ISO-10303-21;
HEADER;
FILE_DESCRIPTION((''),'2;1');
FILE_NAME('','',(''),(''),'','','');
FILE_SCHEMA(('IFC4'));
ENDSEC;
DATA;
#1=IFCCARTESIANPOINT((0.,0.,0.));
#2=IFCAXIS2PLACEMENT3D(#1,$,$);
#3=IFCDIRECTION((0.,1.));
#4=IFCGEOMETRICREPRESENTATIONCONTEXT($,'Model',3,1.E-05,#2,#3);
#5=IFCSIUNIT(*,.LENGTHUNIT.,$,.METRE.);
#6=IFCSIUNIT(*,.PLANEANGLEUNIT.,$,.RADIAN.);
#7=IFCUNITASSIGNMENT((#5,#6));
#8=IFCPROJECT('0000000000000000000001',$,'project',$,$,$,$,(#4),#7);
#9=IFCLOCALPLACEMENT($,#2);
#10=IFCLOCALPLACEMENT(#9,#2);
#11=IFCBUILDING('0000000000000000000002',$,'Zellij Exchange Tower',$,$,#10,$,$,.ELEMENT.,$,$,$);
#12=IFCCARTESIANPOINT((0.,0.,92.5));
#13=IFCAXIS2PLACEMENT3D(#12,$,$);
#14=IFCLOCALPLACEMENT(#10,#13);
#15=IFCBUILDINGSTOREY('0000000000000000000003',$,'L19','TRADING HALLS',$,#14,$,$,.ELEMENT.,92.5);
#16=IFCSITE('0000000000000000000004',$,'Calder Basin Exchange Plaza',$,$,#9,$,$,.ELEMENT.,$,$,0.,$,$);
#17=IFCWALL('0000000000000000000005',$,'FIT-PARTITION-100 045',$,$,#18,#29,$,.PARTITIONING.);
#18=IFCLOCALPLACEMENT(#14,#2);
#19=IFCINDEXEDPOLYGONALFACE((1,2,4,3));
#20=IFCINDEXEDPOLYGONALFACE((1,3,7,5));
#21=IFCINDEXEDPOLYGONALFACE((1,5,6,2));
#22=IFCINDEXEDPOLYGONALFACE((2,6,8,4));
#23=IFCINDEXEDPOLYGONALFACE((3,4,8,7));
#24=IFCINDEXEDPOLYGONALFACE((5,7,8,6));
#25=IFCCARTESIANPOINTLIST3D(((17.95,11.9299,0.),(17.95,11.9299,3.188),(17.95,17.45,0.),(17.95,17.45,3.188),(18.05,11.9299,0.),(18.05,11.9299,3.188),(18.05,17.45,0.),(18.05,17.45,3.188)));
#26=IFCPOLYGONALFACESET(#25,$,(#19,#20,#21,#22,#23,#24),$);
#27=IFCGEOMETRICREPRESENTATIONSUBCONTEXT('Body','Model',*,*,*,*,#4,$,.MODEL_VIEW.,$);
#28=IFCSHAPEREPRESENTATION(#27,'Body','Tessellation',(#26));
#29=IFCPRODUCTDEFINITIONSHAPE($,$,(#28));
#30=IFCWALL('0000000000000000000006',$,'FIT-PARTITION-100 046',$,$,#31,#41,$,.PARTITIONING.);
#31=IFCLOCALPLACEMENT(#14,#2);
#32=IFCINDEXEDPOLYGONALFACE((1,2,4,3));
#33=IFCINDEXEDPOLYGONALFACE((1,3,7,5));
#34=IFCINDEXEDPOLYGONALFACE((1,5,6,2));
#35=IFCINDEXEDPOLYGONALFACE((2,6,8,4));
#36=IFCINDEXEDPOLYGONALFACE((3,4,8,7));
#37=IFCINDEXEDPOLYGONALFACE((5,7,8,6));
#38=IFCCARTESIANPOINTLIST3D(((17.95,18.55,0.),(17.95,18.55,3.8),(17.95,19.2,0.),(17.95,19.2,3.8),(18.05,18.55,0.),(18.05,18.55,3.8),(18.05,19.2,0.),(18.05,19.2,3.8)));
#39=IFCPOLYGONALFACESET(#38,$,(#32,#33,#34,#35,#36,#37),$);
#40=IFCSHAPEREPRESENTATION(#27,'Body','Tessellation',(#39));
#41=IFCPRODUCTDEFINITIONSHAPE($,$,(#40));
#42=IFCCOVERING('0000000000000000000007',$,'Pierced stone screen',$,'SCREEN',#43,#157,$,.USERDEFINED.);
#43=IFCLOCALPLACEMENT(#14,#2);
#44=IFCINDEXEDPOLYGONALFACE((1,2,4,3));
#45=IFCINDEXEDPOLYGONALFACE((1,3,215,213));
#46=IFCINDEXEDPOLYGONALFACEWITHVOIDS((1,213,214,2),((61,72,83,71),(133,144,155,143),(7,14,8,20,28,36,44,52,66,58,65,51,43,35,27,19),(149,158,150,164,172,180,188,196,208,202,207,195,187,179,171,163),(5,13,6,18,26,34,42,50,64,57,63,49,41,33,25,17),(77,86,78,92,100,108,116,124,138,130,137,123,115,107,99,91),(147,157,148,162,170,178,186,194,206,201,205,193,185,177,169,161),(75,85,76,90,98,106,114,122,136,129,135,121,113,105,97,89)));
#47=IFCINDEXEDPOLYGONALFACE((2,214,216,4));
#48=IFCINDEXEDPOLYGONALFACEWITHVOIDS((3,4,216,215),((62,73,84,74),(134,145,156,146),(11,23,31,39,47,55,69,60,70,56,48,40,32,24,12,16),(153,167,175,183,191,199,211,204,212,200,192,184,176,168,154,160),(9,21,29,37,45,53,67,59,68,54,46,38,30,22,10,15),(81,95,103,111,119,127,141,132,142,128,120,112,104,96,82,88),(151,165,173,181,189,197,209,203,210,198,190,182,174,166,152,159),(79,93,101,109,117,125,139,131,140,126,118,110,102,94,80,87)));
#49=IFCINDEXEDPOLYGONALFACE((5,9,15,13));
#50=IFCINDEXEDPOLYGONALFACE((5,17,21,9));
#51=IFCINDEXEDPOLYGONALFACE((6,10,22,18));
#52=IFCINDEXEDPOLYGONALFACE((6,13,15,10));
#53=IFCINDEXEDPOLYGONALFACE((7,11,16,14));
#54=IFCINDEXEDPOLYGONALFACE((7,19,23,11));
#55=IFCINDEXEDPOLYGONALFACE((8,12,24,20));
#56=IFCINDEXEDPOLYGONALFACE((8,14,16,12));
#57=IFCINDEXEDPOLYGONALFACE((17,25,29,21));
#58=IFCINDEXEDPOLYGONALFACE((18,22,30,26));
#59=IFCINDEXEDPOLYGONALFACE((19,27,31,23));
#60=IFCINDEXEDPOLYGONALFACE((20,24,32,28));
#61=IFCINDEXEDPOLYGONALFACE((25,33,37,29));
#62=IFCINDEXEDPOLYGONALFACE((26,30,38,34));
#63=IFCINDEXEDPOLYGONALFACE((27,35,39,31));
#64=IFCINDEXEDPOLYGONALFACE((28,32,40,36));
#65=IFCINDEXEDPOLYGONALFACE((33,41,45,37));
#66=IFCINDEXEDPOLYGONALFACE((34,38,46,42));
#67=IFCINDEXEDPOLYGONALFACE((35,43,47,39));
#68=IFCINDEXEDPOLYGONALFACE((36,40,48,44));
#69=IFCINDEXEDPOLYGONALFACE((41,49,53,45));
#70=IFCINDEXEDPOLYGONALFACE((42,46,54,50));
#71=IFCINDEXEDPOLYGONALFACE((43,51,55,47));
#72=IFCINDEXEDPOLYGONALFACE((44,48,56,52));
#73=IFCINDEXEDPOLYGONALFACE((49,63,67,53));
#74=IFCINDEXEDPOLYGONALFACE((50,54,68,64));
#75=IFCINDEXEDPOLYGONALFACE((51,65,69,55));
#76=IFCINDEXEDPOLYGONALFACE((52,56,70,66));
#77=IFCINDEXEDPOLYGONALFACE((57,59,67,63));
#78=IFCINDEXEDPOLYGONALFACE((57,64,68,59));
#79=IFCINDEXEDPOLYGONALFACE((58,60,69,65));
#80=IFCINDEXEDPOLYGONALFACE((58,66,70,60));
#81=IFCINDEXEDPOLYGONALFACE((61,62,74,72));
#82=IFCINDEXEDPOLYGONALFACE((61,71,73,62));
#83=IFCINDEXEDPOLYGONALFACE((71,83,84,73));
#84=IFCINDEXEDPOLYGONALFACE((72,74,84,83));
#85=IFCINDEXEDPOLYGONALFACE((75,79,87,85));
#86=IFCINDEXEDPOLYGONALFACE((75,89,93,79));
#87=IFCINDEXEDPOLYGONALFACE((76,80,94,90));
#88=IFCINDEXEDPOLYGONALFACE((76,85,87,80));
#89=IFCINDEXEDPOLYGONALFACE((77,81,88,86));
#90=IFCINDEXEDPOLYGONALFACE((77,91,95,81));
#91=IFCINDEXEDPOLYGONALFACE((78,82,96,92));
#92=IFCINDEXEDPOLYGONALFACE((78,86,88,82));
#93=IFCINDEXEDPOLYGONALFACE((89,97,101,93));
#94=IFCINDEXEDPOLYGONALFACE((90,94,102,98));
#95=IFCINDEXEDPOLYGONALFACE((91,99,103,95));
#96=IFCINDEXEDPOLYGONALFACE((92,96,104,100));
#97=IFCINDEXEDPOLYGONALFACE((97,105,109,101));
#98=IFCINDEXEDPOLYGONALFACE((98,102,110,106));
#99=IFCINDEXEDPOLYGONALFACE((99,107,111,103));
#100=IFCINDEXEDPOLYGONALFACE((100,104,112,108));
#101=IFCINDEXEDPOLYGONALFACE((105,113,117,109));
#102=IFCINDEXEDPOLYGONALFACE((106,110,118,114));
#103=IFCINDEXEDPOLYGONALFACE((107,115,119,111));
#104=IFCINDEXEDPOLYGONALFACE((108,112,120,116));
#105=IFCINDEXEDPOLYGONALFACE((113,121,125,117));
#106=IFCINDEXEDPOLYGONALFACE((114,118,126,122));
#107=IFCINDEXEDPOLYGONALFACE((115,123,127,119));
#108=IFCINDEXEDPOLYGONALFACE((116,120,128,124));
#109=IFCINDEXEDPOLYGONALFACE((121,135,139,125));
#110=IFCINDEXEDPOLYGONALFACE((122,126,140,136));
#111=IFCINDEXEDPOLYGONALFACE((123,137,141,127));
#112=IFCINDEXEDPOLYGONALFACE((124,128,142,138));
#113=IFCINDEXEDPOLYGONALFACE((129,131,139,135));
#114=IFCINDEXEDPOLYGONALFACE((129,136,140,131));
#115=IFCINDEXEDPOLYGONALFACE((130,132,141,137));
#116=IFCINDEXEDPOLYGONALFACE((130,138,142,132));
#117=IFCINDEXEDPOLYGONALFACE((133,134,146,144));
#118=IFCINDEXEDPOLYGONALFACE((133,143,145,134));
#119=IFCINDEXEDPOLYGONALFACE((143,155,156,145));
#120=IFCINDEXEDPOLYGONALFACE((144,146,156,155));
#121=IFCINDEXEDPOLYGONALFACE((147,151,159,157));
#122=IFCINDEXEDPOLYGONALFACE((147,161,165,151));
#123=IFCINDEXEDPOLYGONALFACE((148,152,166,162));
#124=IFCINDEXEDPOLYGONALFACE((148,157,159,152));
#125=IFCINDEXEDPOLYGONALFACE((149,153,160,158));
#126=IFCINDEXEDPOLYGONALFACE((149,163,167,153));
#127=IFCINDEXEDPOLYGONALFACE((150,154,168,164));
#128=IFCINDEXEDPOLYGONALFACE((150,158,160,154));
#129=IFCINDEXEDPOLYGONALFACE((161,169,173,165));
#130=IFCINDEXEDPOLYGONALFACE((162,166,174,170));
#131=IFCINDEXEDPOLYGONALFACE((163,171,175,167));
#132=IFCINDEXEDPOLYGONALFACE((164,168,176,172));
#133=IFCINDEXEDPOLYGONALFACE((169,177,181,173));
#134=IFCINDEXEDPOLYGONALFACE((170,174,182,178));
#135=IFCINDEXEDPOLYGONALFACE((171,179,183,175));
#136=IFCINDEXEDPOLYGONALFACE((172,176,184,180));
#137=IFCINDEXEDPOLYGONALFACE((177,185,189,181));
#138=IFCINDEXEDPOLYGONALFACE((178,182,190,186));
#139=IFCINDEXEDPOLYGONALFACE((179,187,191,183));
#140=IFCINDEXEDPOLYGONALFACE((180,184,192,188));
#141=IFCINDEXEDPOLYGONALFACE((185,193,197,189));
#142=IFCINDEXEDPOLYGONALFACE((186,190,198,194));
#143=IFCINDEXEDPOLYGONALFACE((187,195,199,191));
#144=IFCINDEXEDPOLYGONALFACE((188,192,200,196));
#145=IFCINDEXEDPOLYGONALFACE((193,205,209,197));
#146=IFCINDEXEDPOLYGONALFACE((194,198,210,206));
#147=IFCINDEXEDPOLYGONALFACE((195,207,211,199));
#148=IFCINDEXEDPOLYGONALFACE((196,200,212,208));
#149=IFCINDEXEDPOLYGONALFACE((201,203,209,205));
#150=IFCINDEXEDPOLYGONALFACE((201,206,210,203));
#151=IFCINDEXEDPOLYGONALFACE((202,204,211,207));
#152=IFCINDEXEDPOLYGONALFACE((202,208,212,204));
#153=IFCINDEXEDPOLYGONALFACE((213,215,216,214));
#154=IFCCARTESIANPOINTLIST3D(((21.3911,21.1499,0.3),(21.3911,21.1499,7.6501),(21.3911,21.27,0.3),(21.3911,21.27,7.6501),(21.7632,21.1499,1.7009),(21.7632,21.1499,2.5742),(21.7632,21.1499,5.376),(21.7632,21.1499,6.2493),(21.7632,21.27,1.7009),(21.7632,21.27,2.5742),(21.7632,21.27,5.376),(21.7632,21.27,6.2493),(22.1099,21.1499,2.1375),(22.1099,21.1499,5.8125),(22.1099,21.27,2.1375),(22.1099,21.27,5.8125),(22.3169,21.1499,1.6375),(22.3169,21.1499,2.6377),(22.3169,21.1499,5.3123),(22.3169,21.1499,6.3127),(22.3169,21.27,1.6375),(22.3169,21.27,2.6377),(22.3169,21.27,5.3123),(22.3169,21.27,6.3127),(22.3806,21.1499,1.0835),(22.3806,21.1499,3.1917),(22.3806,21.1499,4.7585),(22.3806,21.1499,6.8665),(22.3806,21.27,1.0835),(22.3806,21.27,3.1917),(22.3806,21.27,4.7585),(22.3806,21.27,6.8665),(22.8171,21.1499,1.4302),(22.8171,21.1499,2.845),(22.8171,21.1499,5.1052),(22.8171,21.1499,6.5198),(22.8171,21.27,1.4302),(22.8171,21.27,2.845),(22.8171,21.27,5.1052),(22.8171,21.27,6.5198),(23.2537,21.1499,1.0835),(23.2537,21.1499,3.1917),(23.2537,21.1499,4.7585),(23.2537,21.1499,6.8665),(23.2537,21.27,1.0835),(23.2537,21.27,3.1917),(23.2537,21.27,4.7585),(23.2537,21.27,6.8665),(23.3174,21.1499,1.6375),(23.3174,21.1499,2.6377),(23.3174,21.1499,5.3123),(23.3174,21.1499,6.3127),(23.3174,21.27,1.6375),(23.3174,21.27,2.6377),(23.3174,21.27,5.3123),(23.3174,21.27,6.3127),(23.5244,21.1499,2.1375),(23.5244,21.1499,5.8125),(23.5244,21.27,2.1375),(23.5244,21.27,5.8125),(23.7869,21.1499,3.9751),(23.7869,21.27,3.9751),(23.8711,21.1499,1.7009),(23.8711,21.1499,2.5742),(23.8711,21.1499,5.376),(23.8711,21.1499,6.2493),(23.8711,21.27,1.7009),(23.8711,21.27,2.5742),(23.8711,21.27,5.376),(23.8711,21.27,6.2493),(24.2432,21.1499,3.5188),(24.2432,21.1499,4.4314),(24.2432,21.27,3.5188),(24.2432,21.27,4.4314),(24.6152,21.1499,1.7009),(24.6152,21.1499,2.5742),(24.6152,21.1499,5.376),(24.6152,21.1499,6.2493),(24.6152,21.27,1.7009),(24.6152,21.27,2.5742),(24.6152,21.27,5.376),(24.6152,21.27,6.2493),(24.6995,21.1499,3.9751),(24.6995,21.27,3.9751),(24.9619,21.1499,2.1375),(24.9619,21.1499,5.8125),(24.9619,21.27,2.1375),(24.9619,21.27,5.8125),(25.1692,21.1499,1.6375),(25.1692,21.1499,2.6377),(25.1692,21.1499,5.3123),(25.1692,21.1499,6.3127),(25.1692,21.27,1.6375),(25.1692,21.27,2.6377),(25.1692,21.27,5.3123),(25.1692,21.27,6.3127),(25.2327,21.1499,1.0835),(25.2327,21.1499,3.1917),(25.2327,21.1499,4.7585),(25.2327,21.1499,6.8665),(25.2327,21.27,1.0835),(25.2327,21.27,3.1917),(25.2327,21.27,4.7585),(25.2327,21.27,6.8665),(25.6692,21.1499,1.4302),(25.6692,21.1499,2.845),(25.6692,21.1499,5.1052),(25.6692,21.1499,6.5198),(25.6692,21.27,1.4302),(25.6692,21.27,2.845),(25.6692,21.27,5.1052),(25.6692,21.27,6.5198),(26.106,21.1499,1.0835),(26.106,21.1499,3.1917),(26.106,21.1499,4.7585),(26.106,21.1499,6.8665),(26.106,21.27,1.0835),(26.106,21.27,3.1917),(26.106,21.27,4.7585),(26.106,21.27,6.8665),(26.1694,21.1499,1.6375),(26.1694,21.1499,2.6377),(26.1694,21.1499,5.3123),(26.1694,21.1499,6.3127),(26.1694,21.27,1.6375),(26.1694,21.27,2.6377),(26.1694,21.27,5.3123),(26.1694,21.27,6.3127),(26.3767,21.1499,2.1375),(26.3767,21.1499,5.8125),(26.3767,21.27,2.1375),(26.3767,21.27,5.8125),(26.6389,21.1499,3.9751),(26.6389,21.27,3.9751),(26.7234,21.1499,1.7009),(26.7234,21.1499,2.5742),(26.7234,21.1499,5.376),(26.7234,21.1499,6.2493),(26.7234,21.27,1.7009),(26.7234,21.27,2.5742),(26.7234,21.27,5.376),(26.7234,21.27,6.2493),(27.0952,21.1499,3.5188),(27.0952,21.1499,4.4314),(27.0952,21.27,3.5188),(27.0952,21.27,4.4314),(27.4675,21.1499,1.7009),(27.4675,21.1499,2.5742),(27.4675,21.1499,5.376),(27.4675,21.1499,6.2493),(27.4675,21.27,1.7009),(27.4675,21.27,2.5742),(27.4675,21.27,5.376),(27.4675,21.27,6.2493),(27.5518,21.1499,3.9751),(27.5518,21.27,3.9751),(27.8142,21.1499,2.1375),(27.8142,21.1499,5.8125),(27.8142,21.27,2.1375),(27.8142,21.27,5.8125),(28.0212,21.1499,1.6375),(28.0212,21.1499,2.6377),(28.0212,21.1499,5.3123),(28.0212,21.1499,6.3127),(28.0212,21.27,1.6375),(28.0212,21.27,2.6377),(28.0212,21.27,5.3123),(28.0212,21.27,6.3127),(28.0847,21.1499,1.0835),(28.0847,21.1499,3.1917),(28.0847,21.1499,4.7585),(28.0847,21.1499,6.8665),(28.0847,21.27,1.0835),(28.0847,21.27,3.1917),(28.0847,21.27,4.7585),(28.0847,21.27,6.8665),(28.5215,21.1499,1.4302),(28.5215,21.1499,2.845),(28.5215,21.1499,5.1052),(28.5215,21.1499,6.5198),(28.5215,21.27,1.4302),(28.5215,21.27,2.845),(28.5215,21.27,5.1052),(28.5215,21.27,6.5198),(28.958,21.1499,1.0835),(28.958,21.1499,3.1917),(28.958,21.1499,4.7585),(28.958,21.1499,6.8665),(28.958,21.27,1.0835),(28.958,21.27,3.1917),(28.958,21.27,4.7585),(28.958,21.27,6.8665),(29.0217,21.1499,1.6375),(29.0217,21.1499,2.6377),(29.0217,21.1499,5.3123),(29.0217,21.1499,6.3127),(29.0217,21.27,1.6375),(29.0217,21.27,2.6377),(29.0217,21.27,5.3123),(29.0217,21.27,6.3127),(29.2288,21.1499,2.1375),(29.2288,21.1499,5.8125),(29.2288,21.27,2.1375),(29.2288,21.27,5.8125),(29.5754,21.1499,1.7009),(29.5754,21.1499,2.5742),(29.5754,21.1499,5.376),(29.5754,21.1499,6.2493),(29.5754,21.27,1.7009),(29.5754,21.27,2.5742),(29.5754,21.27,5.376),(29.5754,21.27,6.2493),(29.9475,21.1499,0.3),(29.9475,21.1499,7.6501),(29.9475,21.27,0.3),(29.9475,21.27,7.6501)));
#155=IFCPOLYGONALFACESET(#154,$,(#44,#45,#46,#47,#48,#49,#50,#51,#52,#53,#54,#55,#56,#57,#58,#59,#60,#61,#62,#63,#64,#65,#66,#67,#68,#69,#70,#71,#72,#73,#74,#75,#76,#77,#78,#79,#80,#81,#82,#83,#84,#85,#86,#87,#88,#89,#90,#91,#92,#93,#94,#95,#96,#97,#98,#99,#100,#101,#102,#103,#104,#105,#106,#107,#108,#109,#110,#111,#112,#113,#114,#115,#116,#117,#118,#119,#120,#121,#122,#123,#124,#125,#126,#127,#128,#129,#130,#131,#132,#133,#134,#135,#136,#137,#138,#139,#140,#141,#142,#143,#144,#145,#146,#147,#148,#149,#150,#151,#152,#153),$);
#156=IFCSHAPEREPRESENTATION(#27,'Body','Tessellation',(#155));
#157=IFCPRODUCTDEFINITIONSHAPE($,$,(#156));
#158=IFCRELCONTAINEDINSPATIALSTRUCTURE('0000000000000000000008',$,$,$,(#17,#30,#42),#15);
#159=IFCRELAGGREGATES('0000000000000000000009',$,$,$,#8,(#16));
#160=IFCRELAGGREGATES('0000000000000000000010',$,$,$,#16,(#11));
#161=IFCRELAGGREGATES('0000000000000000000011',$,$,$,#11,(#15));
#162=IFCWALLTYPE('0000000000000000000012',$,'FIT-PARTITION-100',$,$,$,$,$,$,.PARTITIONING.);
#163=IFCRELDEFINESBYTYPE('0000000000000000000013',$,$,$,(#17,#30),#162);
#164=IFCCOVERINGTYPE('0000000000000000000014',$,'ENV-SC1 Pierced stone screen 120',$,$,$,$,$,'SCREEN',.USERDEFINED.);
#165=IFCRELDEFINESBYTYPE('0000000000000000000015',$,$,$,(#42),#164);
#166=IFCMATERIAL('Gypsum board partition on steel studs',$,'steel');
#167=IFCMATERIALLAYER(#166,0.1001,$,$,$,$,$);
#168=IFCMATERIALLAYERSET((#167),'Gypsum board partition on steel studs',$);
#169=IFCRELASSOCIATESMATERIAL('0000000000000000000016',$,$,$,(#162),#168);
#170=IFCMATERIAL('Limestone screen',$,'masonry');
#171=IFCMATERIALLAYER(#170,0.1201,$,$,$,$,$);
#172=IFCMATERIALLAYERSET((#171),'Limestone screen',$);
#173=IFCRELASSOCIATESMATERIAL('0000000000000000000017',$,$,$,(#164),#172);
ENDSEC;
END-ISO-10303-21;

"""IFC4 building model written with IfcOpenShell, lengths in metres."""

from ifc_helpers import new_model, si_unit, direction, frame, frame_2d, origin, place, context, subcontext, project, spatial, polyline, rectangle, outline, extrude, material, layer, layer_set, type_object, element, save


model = new_model("IFC4")

# Units and contexts
model_context = context("Model", 3, precision=1e-05, world=origin(), true_north=direction((0.0, 1.0)))
body_context = subcontext(model_context, "Body", "Model", "MODEL_VIEW")
ifc_project = project(units=[si_unit("LENGTHUNIT", "METRE"), si_unit("PLANEANGLEUNIT", "RADIAN")], contexts=[model_context])

# Site, building, storey
site_placement = place(None, origin())
site = spatial("IfcSite", under=ifc_project, at=site_placement, Name="Calder Basin Exchange Plaza", CompositionType="ELEMENT", RefElevation=0.0)
building_placement = place(site_placement, origin())
building = spatial("IfcBuilding", under=site, at=building_placement, Name="Zellij Exchange Tower", CompositionType="ELEMENT")
storey_placement = place(building_placement, frame((0.0, 0.0, 92.5)))
storey = spatial("IfcBuildingStorey", under=building, at=storey_placement, Name="L19", Description="TRADING HALLS", CompositionType="ELEMENT", Elevation=92.5)

# Shared definitions
ifc_material_1 = material(Name="Gypsum board partition on steel studs", Category="steel")
ifc_layer_1 = layer(ifc_material_1, 0.1001)
ifc_layer_set_1 = layer_set([ifc_layer_1], Name="Gypsum board partition on steel studs")
wall_type_1 = type_object("IfcWallType", Name="FIT-PARTITION-100", PredefinedType="PARTITIONING", material=ifc_layer_set_1)

# Walls
wall_1_placement = place(storey_placement, frame((18.0, 11.9299, 0.0), z_axis=(0.0, 0.0, 1.0), x_axis=(0.0, 1.0, 0.0)))
element("IfcWall", 1, at=wall_1_placement, inside=storey, type_object=wall_type_1, Name="FIT-PARTITION-100 045", PredefinedType="PARTITIONING", context=body_context, shape_type="SweptSolid", body=[
    extrude(rectangle(XDim=5.52, YDim=0.1001, at=frame_2d((2.76, 0.0))), origin(), (0.0, 0.0, 1.0), 3.188),
])
wall_2_placement = place(storey_placement, frame((18.0, 18.55, 0.0), z_axis=(0.0, 0.0, 1.0), x_axis=(0.0, 1.0, 0.0)))
element("IfcWall", 2, at=wall_2_placement, inside=storey, type_object=wall_type_1, Name="FIT-PARTITION-100 046", PredefinedType="PARTITIONING", context=body_context, shape_type="SweptSolid", body=[
    extrude(rectangle(XDim=0.6499, YDim=0.1001, at=frame_2d((0.325, 0.0))), origin(), (0.0, 0.0, 1.0), 3.8),
])

# Covering
ifc_material_2 = material(Name="Limestone screen", Category="masonry")
ifc_layer_2 = layer(ifc_material_2, 0.1201)
ifc_layer_set_2 = layer_set([ifc_layer_2], Name="Limestone screen")
covering_type = type_object("IfcCoveringType", Name="ENV-SC1 Pierced stone screen 120", ElementType="SCREEN", PredefinedType="USERDEFINED", material=ifc_layer_set_2)
covering_1_placement = place(storey_placement, frame((29.9475, 21.21, 0.3), z_axis=(0.0, 0.0, 1.0), x_axis=(-1.0, 0.0, 0.0)))
element("IfcCovering", 3, at=covering_1_placement, inside=storey, type_object=covering_type, Name="Pierced stone screen", ObjectType="SCREEN", PredefinedType="USERDEFINED", context=body_context, shape_type="SweptSolid", body=[
    extrude(outline(polyline([(0.0, 0.0), (8.5564, 0.0), (8.5564, 7.3501), (0.0, 7.3501), (0.0, 0.0)]), holes=[polyline([(2.48, 2.2742), (1.9263, 2.3376), (1.8628, 2.8916), (1.426, 2.5449), (0.9895, 2.8916), (0.9258, 2.3376), (0.3721, 2.2742), (0.7188, 1.8374), (0.3721, 1.4009), (0.9258, 1.3374), (0.9895, 0.7834), (1.426, 1.1301), (1.8628, 0.7834), (1.9263, 1.3374), (2.48, 1.4009), (2.1333, 1.8374), (2.48, 2.2742)]), polyline([(2.48, 5.9492), (1.9263, 6.0127), (1.8628, 6.5664), (1.426, 6.2197), (0.9895, 6.5664), (0.9258, 6.0127), (0.3721, 5.9492), (0.7188, 5.5125), (0.3721, 5.0759), (0.9258, 5.0122), (0.9895, 4.4585), (1.426, 4.8052), (1.8628, 4.4585), (1.9263, 5.0122), (2.48, 5.0759), (2.1333, 5.5125), (2.48, 5.9492)]), polyline([(5.3323, 2.2742), (4.7783, 2.3376), (4.7148, 2.8916), (4.2783, 2.5449), (3.8416, 2.8916), (3.7781, 2.3376), (3.2241, 2.2742), (3.5708, 1.8374), (3.2241, 1.4009), (3.7781, 1.3374), (3.8416, 0.7834), (4.2783, 1.1301), (4.7148, 0.7834), (4.7783, 1.3374), (5.3323, 1.4009), (4.9856, 1.8374), (5.3323, 2.2742)]), polyline([(5.3323, 5.9492), (4.7783, 6.0127), (4.7148, 6.5664), (4.2783, 6.2197), (3.8416, 6.5664), (3.7781, 6.0127), (3.2241, 5.9492), (3.5708, 5.5125), (3.2241, 5.0759), (3.7781, 5.0122), (3.8416, 4.4585), (4.2783, 4.8052), (4.7148, 4.4585), (4.7783, 5.0122), (5.3323, 5.0759), (4.9856, 5.5125), (5.3323, 5.9492)]), polyline([(8.1843, 2.2742), (7.6306, 2.3376), (7.5669, 2.8916), (7.1304, 2.5449), (6.6938, 2.8916), (6.6301, 2.3376), (6.0764, 2.2742), (6.4231, 1.8374), (6.0764, 1.4009), (6.6301, 1.3374), (6.6938, 0.7834), (7.1304, 1.1301), (7.5669, 0.7834), (7.6306, 1.3374), (8.1843, 1.4009), (7.8376, 1.8374), (8.1843, 2.2742)]), polyline([(8.1843, 5.9492), (7.6306, 6.0127), (7.5669, 6.5664), (7.1304, 6.2197), (6.6938, 6.5664), (6.6301, 6.0127), (6.0764, 5.9492), (6.4231, 5.5125), (6.0764, 5.0759), (6.6301, 5.0122), (6.6938, 4.4585), (7.1304, 4.8052), (7.5669, 4.4585), (7.6306, 5.0122), (8.1843, 5.0759), (7.8376, 5.5125), (8.1843, 5.9492)]), polyline([(3.3086, 3.675), (2.8523, 4.1313), (2.3958, 3.675), (2.8523, 3.2188), (3.3086, 3.675)]), polyline([(6.1606, 3.675), (5.7043, 4.1313), (5.248, 3.675), (5.7043, 3.2188), (6.1606, 3.675)])]), frame((0.0, 0.0601, 0.0), z_axis=(0.0, -1.0, 0.0), x_axis=(1.0, 0.0, 0.0)), (0.0, 0.0, 1.0), 0.1201),
])

save(model, "model.ifc")
